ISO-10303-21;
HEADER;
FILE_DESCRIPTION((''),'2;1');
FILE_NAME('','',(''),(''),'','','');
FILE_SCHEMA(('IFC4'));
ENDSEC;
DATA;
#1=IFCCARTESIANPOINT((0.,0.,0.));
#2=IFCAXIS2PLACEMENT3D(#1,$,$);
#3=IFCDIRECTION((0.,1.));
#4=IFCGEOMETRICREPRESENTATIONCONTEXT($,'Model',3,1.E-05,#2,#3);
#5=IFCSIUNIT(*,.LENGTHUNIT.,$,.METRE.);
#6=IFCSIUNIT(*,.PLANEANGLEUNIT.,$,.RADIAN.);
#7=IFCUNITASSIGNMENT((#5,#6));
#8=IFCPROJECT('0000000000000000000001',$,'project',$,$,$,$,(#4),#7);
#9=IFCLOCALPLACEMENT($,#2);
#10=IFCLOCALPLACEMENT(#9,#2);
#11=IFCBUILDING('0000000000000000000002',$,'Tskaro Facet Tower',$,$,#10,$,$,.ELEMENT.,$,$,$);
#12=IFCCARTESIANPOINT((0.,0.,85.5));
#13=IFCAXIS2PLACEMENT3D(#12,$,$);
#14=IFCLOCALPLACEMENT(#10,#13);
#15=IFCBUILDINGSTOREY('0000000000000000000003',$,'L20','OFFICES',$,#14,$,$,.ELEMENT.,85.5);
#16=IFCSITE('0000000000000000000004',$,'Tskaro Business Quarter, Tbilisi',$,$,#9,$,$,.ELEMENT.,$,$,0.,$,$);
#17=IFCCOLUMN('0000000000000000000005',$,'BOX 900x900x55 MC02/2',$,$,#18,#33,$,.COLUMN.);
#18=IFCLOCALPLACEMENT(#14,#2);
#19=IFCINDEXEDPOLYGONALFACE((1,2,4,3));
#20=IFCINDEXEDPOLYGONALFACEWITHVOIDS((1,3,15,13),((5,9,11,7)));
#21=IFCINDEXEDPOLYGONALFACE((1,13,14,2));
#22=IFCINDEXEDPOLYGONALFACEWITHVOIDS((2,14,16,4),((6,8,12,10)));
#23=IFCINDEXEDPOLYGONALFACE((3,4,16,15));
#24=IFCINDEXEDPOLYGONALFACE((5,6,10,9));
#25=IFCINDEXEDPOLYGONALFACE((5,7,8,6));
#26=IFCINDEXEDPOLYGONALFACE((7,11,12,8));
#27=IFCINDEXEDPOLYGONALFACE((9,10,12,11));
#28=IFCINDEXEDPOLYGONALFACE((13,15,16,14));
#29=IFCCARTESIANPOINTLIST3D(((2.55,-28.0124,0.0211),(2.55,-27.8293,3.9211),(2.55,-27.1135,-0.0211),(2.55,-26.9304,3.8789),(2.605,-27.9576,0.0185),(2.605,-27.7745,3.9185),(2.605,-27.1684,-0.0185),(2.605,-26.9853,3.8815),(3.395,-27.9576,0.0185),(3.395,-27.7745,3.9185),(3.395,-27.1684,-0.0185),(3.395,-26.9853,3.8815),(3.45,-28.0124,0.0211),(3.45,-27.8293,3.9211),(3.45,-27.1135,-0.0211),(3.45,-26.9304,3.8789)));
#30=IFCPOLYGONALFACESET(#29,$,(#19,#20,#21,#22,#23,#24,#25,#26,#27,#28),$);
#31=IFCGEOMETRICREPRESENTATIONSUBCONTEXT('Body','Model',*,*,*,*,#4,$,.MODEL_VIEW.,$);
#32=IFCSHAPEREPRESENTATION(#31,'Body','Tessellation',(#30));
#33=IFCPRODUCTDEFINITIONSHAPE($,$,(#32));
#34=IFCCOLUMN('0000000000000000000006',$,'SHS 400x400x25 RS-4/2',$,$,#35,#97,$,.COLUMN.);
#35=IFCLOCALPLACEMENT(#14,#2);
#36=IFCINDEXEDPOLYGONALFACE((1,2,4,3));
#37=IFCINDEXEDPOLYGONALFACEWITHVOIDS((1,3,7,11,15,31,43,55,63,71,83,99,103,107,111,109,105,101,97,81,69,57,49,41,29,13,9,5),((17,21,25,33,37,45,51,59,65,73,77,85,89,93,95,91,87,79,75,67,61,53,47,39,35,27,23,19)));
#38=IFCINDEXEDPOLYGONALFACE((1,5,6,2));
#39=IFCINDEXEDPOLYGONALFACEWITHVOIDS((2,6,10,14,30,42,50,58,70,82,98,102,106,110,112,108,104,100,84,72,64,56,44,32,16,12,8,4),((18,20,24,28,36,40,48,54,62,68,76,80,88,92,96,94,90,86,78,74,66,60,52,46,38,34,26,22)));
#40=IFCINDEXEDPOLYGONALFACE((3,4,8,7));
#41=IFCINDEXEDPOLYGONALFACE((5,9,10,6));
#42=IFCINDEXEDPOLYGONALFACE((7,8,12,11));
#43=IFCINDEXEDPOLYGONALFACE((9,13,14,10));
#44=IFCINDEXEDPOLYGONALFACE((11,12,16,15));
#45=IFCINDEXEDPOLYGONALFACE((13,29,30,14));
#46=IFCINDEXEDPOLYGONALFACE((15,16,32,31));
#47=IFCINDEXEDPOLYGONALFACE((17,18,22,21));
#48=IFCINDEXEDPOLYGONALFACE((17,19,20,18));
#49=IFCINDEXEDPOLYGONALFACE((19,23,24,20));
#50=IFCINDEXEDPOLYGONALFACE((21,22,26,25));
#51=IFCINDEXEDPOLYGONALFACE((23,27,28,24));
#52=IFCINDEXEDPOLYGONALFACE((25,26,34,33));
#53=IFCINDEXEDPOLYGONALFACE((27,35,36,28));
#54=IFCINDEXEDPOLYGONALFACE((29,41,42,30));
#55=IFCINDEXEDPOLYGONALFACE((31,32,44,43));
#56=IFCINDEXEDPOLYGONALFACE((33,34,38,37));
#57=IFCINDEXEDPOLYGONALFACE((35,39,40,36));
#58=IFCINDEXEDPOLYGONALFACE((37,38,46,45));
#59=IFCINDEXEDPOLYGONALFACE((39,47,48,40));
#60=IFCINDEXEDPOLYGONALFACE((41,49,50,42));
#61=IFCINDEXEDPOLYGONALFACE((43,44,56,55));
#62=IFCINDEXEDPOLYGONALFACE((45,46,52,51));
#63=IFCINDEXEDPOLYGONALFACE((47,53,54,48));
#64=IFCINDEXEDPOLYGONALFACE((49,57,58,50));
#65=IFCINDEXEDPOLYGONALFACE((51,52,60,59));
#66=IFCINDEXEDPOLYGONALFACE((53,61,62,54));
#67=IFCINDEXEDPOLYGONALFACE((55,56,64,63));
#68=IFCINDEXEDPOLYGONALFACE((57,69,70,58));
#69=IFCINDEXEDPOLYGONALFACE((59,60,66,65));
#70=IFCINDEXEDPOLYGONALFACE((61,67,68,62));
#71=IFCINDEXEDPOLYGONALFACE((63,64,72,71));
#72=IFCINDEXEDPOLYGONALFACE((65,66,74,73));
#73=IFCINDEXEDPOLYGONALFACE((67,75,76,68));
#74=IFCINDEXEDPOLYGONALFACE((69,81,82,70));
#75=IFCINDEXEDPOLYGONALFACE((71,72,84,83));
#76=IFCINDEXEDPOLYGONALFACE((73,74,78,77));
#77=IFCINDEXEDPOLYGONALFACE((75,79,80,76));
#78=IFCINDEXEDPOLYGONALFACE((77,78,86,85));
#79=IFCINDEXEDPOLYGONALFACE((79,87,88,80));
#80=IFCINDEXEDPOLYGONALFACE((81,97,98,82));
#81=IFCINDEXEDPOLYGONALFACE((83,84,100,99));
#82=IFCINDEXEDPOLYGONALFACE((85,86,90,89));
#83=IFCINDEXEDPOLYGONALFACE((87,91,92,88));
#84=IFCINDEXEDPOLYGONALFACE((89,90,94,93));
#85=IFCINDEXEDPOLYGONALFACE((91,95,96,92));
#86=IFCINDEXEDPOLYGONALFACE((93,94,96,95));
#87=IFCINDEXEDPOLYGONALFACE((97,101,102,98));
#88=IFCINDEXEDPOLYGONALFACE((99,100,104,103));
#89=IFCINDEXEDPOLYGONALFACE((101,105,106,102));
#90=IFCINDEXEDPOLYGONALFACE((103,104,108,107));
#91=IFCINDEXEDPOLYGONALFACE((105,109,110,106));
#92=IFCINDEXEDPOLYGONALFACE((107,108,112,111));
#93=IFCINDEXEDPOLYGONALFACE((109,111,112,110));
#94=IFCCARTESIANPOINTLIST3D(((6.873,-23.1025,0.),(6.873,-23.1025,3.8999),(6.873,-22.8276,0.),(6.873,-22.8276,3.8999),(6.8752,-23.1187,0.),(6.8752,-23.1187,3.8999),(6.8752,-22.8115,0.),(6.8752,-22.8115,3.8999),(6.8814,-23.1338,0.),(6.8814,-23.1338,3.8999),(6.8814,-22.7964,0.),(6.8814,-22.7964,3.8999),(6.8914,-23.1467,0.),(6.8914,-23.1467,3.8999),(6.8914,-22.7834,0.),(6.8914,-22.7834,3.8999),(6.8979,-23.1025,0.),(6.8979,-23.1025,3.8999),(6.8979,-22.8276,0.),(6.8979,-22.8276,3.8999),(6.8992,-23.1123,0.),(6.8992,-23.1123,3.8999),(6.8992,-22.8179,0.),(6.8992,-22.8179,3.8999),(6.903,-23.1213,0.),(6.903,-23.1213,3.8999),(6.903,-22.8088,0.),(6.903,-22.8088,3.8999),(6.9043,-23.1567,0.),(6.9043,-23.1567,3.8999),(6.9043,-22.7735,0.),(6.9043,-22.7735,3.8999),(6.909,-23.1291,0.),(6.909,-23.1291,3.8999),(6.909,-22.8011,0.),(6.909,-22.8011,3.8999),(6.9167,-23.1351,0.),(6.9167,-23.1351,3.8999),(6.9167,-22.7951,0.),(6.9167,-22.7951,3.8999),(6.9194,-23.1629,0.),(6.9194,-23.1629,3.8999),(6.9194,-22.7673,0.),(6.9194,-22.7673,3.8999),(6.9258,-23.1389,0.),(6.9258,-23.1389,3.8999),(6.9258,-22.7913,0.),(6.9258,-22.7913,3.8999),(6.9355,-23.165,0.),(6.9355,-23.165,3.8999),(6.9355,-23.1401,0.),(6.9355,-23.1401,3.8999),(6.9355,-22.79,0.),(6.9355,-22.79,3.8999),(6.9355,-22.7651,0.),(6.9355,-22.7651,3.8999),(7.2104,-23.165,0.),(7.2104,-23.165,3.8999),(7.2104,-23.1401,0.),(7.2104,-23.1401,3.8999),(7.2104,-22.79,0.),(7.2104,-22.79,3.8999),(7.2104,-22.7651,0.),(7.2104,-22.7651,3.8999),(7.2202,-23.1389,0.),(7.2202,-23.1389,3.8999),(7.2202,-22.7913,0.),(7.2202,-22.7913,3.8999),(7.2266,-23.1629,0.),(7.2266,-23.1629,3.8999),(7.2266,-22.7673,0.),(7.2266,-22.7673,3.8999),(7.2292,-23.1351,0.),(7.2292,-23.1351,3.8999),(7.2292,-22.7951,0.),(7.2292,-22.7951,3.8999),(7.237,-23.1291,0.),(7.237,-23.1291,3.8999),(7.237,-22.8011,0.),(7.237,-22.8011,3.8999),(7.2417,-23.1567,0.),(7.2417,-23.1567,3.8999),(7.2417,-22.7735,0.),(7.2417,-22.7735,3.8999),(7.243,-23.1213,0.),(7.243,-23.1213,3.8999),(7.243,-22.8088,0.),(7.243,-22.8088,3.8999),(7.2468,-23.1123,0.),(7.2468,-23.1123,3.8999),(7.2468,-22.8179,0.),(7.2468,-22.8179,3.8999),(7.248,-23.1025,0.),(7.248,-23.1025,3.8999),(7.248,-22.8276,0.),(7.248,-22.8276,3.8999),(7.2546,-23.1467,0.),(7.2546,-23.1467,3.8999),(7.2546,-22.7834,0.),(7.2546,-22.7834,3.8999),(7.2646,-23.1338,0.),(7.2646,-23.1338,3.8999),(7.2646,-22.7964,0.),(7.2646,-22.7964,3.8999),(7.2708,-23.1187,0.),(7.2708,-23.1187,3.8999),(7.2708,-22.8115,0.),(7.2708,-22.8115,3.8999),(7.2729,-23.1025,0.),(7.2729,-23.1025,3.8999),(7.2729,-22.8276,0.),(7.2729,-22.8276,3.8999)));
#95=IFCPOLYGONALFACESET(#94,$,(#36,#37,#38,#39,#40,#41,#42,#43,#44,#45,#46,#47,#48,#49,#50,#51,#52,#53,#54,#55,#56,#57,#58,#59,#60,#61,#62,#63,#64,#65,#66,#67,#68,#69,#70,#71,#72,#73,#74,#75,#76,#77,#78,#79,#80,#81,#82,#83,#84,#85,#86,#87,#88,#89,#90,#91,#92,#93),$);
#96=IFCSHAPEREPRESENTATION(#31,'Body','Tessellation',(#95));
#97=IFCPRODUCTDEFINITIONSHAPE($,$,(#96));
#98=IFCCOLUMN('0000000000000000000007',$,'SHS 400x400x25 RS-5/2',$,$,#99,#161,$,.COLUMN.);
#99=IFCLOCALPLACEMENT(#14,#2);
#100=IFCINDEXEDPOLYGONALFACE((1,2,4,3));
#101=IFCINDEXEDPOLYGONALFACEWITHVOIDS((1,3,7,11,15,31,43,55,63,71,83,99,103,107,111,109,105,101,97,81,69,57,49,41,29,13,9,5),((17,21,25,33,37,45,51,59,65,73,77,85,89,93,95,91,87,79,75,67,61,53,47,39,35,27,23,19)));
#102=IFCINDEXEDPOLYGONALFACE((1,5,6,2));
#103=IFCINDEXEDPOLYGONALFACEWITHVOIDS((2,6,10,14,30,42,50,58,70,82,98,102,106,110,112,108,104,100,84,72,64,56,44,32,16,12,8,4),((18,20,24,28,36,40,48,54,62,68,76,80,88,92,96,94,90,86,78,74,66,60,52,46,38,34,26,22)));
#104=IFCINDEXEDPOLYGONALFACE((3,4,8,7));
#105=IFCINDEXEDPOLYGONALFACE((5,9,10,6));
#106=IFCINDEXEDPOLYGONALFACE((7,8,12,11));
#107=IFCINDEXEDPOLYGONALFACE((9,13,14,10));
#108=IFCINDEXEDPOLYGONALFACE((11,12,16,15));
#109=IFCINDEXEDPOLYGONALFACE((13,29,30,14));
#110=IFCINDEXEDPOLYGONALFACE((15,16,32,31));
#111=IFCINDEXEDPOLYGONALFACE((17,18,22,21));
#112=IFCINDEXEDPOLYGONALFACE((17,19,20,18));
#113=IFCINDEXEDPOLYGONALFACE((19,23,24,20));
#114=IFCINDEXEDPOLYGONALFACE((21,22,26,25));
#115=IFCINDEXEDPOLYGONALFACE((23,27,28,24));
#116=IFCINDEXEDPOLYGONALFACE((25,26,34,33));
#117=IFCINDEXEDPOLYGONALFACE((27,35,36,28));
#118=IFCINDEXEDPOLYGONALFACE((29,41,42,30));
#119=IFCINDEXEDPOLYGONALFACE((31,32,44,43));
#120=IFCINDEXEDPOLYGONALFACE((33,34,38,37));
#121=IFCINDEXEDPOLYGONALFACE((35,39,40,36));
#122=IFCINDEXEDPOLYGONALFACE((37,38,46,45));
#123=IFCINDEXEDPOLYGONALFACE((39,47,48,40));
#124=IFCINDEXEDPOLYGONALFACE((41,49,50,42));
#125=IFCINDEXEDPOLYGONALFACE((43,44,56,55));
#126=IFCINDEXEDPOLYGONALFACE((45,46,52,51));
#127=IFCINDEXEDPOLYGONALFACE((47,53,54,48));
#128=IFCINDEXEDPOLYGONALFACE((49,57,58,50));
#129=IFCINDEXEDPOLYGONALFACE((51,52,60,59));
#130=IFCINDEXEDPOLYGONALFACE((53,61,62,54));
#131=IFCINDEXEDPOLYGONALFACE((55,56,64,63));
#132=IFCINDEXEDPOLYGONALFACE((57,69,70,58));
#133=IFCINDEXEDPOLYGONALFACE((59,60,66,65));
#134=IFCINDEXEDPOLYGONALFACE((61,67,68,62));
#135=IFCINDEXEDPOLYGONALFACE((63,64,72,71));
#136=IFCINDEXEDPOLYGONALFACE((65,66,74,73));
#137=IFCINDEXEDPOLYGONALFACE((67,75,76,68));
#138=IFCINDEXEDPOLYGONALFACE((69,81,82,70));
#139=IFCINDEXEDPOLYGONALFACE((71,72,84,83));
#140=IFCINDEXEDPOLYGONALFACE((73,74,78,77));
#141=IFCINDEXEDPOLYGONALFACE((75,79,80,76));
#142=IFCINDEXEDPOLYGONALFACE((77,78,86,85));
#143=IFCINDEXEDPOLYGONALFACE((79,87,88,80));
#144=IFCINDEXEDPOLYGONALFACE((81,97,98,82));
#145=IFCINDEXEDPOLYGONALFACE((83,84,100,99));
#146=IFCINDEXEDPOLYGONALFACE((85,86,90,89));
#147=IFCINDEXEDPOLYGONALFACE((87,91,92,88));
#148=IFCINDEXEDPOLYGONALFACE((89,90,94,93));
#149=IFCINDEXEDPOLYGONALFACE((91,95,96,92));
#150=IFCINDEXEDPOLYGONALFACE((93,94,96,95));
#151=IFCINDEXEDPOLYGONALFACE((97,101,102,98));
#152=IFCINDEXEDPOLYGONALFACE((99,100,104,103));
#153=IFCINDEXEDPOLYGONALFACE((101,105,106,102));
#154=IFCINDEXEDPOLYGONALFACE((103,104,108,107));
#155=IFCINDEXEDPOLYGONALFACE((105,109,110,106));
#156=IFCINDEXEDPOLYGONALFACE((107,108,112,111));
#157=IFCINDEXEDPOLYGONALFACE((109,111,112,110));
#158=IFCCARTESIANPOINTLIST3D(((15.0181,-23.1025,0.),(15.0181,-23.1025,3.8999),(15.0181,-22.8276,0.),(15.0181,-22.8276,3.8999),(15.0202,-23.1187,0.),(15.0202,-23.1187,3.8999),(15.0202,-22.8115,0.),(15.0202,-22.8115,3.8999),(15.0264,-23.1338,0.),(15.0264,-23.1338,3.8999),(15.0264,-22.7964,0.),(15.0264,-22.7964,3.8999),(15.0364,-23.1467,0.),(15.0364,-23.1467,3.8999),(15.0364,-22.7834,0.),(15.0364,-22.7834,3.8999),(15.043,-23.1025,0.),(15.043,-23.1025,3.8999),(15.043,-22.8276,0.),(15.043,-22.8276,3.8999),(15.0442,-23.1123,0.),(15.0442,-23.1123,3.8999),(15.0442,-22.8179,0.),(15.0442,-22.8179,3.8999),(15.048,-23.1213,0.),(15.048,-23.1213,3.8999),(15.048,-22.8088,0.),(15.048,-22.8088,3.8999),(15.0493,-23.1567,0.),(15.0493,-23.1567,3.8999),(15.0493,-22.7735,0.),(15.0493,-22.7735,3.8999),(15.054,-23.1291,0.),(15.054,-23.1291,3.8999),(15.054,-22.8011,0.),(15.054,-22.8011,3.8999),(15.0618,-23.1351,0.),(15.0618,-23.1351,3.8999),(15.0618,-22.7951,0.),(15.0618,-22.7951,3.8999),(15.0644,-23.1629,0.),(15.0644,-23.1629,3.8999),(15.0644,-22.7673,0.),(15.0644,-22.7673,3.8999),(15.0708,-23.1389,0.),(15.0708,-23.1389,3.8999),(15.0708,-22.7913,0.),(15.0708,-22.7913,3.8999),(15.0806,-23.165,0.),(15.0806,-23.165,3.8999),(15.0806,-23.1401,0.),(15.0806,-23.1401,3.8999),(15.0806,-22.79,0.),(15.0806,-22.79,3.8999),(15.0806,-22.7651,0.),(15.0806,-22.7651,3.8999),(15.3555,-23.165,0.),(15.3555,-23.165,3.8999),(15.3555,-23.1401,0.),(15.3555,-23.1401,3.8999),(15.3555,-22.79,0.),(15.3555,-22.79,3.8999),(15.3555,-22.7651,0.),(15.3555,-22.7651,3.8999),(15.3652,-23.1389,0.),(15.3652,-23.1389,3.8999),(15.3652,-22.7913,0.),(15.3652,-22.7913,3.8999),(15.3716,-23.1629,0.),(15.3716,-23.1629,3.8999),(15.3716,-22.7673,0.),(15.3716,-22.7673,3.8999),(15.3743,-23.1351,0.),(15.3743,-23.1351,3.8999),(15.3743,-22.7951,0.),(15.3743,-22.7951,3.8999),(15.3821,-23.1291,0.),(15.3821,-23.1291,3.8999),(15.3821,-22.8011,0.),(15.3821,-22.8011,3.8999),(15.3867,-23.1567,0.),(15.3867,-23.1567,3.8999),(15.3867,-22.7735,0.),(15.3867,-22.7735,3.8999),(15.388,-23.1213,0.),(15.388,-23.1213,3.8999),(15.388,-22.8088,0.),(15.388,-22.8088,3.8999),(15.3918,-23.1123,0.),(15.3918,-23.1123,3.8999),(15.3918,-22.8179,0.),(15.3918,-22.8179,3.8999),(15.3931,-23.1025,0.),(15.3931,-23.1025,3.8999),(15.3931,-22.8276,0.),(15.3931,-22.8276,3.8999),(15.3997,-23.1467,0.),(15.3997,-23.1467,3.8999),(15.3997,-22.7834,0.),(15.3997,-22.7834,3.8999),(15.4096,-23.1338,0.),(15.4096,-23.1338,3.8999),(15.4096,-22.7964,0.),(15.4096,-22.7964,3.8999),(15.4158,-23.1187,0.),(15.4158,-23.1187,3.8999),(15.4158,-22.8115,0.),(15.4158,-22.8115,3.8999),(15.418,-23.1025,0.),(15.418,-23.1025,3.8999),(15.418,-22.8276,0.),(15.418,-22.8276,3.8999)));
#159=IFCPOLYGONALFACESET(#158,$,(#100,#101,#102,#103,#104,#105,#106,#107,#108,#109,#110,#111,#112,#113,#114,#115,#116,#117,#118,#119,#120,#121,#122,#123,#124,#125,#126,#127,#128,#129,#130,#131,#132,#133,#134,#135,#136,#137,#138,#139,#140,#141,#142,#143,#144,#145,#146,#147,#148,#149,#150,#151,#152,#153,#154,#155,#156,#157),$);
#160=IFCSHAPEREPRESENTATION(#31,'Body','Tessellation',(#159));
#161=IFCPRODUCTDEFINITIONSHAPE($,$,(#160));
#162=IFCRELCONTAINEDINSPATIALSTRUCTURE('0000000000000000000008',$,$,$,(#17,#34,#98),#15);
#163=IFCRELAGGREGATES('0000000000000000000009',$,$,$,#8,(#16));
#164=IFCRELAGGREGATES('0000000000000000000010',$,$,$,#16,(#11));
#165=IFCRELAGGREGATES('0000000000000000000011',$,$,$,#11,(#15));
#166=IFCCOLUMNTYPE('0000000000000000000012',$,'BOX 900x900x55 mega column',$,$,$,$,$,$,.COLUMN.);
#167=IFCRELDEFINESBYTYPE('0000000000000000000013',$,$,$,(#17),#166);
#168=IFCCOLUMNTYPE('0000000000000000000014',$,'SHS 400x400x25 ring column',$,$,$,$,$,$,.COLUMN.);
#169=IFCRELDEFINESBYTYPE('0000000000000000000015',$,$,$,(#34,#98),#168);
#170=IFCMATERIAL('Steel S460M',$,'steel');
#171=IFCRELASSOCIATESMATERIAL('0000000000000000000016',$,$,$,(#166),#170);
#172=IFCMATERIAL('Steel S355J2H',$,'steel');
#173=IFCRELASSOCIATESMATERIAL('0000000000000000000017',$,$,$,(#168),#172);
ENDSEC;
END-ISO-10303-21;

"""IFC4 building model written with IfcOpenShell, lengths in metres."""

from ifc_helpers import new_model, si_unit, direction, frame, origin, origin_2d, place, context, subcontext, project, spatial, hollow_rectangle, extrude, material, material_profile, profile_set, type_object, element, save


model = new_model("IFC4")

# Units and contexts
model_context = context("Model", 3, precision=1e-05, world=origin(), true_north=direction((0.0, 1.0)))
body_context = subcontext(model_context, "Body", "Model", "MODEL_VIEW")
ifc_project = project(units=[si_unit("LENGTHUNIT", "METRE"), si_unit("PLANEANGLEUNIT", "RADIAN")], contexts=[model_context])

# Site, building, storey
site_placement = place(None, origin())
site = spatial("IfcSite", under=ifc_project, at=site_placement, Name="Tskaro Business Quarter, Tbilisi", CompositionType="ELEMENT", RefElevation=0.0)
building_placement = place(site_placement, origin())
building = spatial("IfcBuilding", under=site, at=building_placement, Name="Tskaro Facet Tower", CompositionType="ELEMENT")
storey_placement = place(building_placement, frame((0.0, 0.0, 85.5)))
storey = spatial("IfcBuildingStorey", under=building, at=storey_placement, Name="L20", Description="OFFICES", CompositionType="ELEMENT", Elevation=85.5)

# Columns
ifc_material_1 = material(Name="Steel S460M", Category="steel")
ifc_material_profile_1 = material_profile(ifc_material_1, hollow_rectangle(XDim=0.8999, YDim=0.8999, WallThickness=0.0549, at=origin_2d()), Name="BOX 900x900x55")
ifc_profile_set_1 = profile_set([ifc_material_profile_1], Name="Steel S460M")
column_type_1 = type_object("IfcColumnType", Name="BOX 900x900x55 mega column", PredefinedType="COLUMN", material=ifc_profile_set_1)
column_placement = place(storey_placement, frame((3.0, -27.563, 0.0), z_axis=(0.0, 0.0469, 0.9989), x_axis=(-1.0, 0.0, 0.0)))
element("IfcColumn", 1, at=column_placement, inside=storey, type_object=column_type_1, Name="BOX 900x900x55 MC02/2", PredefinedType="COLUMN", context=body_context, shape_type="SweptSolid", body=[
    extrude(hollow_rectangle(XDim=0.8999, YDim=0.8999, WallThickness=0.0549, at=origin_2d()), origin(), (0.0, 0.0, 1.0), 3.9043),
])
ifc_material_2 = material(Name="Steel S355J2H", Category="steel")
ifc_material_profile_2 = material_profile(ifc_material_2, hollow_rectangle(XDim=0.3999, YDim=0.3999, WallThickness=0.0249, InnerFilletRadius=0.0376, OuterFilletRadius=0.0625, at=origin_2d()), Name="SHS 400x400x25")
ifc_profile_set_2 = profile_set([ifc_material_profile_2], Name="Steel S355J2H")
column_type_2 = type_object("IfcColumnType", Name="SHS 400x400x25 ring column", PredefinedType="COLUMN", material=ifc_profile_set_2)
for number, where, z_axis, x_axis, name in (
    (2, (7.073, -22.9651, 0.0), (0.0, 0.0, 1.0), (1.0, 0.0, 0.0), "SHS 400x400x25 RS-4/2"),
    (3, (15.218, -22.9651, 0.0), (0.0, 0.0, 1.0), (1.0, 0.0, 0.0), "SHS 400x400x25 RS-5/2"),
):
    element("IfcColumn", number, at=place(storey_placement, frame(where, z_axis=z_axis, x_axis=x_axis)), inside=storey, type_object=column_type_2, Name=name, PredefinedType="COLUMN", context=body_context, shape_type="SweptSolid", body=[
        extrude(hollow_rectangle(XDim=0.3999, YDim=0.3999, WallThickness=0.0249, InnerFilletRadius=0.0376, OuterFilletRadius=0.0625, at=origin_2d()), origin(), (0.0, 0.0, 1.0), 3.8999),
    ])

save(model, "model.ifc")
